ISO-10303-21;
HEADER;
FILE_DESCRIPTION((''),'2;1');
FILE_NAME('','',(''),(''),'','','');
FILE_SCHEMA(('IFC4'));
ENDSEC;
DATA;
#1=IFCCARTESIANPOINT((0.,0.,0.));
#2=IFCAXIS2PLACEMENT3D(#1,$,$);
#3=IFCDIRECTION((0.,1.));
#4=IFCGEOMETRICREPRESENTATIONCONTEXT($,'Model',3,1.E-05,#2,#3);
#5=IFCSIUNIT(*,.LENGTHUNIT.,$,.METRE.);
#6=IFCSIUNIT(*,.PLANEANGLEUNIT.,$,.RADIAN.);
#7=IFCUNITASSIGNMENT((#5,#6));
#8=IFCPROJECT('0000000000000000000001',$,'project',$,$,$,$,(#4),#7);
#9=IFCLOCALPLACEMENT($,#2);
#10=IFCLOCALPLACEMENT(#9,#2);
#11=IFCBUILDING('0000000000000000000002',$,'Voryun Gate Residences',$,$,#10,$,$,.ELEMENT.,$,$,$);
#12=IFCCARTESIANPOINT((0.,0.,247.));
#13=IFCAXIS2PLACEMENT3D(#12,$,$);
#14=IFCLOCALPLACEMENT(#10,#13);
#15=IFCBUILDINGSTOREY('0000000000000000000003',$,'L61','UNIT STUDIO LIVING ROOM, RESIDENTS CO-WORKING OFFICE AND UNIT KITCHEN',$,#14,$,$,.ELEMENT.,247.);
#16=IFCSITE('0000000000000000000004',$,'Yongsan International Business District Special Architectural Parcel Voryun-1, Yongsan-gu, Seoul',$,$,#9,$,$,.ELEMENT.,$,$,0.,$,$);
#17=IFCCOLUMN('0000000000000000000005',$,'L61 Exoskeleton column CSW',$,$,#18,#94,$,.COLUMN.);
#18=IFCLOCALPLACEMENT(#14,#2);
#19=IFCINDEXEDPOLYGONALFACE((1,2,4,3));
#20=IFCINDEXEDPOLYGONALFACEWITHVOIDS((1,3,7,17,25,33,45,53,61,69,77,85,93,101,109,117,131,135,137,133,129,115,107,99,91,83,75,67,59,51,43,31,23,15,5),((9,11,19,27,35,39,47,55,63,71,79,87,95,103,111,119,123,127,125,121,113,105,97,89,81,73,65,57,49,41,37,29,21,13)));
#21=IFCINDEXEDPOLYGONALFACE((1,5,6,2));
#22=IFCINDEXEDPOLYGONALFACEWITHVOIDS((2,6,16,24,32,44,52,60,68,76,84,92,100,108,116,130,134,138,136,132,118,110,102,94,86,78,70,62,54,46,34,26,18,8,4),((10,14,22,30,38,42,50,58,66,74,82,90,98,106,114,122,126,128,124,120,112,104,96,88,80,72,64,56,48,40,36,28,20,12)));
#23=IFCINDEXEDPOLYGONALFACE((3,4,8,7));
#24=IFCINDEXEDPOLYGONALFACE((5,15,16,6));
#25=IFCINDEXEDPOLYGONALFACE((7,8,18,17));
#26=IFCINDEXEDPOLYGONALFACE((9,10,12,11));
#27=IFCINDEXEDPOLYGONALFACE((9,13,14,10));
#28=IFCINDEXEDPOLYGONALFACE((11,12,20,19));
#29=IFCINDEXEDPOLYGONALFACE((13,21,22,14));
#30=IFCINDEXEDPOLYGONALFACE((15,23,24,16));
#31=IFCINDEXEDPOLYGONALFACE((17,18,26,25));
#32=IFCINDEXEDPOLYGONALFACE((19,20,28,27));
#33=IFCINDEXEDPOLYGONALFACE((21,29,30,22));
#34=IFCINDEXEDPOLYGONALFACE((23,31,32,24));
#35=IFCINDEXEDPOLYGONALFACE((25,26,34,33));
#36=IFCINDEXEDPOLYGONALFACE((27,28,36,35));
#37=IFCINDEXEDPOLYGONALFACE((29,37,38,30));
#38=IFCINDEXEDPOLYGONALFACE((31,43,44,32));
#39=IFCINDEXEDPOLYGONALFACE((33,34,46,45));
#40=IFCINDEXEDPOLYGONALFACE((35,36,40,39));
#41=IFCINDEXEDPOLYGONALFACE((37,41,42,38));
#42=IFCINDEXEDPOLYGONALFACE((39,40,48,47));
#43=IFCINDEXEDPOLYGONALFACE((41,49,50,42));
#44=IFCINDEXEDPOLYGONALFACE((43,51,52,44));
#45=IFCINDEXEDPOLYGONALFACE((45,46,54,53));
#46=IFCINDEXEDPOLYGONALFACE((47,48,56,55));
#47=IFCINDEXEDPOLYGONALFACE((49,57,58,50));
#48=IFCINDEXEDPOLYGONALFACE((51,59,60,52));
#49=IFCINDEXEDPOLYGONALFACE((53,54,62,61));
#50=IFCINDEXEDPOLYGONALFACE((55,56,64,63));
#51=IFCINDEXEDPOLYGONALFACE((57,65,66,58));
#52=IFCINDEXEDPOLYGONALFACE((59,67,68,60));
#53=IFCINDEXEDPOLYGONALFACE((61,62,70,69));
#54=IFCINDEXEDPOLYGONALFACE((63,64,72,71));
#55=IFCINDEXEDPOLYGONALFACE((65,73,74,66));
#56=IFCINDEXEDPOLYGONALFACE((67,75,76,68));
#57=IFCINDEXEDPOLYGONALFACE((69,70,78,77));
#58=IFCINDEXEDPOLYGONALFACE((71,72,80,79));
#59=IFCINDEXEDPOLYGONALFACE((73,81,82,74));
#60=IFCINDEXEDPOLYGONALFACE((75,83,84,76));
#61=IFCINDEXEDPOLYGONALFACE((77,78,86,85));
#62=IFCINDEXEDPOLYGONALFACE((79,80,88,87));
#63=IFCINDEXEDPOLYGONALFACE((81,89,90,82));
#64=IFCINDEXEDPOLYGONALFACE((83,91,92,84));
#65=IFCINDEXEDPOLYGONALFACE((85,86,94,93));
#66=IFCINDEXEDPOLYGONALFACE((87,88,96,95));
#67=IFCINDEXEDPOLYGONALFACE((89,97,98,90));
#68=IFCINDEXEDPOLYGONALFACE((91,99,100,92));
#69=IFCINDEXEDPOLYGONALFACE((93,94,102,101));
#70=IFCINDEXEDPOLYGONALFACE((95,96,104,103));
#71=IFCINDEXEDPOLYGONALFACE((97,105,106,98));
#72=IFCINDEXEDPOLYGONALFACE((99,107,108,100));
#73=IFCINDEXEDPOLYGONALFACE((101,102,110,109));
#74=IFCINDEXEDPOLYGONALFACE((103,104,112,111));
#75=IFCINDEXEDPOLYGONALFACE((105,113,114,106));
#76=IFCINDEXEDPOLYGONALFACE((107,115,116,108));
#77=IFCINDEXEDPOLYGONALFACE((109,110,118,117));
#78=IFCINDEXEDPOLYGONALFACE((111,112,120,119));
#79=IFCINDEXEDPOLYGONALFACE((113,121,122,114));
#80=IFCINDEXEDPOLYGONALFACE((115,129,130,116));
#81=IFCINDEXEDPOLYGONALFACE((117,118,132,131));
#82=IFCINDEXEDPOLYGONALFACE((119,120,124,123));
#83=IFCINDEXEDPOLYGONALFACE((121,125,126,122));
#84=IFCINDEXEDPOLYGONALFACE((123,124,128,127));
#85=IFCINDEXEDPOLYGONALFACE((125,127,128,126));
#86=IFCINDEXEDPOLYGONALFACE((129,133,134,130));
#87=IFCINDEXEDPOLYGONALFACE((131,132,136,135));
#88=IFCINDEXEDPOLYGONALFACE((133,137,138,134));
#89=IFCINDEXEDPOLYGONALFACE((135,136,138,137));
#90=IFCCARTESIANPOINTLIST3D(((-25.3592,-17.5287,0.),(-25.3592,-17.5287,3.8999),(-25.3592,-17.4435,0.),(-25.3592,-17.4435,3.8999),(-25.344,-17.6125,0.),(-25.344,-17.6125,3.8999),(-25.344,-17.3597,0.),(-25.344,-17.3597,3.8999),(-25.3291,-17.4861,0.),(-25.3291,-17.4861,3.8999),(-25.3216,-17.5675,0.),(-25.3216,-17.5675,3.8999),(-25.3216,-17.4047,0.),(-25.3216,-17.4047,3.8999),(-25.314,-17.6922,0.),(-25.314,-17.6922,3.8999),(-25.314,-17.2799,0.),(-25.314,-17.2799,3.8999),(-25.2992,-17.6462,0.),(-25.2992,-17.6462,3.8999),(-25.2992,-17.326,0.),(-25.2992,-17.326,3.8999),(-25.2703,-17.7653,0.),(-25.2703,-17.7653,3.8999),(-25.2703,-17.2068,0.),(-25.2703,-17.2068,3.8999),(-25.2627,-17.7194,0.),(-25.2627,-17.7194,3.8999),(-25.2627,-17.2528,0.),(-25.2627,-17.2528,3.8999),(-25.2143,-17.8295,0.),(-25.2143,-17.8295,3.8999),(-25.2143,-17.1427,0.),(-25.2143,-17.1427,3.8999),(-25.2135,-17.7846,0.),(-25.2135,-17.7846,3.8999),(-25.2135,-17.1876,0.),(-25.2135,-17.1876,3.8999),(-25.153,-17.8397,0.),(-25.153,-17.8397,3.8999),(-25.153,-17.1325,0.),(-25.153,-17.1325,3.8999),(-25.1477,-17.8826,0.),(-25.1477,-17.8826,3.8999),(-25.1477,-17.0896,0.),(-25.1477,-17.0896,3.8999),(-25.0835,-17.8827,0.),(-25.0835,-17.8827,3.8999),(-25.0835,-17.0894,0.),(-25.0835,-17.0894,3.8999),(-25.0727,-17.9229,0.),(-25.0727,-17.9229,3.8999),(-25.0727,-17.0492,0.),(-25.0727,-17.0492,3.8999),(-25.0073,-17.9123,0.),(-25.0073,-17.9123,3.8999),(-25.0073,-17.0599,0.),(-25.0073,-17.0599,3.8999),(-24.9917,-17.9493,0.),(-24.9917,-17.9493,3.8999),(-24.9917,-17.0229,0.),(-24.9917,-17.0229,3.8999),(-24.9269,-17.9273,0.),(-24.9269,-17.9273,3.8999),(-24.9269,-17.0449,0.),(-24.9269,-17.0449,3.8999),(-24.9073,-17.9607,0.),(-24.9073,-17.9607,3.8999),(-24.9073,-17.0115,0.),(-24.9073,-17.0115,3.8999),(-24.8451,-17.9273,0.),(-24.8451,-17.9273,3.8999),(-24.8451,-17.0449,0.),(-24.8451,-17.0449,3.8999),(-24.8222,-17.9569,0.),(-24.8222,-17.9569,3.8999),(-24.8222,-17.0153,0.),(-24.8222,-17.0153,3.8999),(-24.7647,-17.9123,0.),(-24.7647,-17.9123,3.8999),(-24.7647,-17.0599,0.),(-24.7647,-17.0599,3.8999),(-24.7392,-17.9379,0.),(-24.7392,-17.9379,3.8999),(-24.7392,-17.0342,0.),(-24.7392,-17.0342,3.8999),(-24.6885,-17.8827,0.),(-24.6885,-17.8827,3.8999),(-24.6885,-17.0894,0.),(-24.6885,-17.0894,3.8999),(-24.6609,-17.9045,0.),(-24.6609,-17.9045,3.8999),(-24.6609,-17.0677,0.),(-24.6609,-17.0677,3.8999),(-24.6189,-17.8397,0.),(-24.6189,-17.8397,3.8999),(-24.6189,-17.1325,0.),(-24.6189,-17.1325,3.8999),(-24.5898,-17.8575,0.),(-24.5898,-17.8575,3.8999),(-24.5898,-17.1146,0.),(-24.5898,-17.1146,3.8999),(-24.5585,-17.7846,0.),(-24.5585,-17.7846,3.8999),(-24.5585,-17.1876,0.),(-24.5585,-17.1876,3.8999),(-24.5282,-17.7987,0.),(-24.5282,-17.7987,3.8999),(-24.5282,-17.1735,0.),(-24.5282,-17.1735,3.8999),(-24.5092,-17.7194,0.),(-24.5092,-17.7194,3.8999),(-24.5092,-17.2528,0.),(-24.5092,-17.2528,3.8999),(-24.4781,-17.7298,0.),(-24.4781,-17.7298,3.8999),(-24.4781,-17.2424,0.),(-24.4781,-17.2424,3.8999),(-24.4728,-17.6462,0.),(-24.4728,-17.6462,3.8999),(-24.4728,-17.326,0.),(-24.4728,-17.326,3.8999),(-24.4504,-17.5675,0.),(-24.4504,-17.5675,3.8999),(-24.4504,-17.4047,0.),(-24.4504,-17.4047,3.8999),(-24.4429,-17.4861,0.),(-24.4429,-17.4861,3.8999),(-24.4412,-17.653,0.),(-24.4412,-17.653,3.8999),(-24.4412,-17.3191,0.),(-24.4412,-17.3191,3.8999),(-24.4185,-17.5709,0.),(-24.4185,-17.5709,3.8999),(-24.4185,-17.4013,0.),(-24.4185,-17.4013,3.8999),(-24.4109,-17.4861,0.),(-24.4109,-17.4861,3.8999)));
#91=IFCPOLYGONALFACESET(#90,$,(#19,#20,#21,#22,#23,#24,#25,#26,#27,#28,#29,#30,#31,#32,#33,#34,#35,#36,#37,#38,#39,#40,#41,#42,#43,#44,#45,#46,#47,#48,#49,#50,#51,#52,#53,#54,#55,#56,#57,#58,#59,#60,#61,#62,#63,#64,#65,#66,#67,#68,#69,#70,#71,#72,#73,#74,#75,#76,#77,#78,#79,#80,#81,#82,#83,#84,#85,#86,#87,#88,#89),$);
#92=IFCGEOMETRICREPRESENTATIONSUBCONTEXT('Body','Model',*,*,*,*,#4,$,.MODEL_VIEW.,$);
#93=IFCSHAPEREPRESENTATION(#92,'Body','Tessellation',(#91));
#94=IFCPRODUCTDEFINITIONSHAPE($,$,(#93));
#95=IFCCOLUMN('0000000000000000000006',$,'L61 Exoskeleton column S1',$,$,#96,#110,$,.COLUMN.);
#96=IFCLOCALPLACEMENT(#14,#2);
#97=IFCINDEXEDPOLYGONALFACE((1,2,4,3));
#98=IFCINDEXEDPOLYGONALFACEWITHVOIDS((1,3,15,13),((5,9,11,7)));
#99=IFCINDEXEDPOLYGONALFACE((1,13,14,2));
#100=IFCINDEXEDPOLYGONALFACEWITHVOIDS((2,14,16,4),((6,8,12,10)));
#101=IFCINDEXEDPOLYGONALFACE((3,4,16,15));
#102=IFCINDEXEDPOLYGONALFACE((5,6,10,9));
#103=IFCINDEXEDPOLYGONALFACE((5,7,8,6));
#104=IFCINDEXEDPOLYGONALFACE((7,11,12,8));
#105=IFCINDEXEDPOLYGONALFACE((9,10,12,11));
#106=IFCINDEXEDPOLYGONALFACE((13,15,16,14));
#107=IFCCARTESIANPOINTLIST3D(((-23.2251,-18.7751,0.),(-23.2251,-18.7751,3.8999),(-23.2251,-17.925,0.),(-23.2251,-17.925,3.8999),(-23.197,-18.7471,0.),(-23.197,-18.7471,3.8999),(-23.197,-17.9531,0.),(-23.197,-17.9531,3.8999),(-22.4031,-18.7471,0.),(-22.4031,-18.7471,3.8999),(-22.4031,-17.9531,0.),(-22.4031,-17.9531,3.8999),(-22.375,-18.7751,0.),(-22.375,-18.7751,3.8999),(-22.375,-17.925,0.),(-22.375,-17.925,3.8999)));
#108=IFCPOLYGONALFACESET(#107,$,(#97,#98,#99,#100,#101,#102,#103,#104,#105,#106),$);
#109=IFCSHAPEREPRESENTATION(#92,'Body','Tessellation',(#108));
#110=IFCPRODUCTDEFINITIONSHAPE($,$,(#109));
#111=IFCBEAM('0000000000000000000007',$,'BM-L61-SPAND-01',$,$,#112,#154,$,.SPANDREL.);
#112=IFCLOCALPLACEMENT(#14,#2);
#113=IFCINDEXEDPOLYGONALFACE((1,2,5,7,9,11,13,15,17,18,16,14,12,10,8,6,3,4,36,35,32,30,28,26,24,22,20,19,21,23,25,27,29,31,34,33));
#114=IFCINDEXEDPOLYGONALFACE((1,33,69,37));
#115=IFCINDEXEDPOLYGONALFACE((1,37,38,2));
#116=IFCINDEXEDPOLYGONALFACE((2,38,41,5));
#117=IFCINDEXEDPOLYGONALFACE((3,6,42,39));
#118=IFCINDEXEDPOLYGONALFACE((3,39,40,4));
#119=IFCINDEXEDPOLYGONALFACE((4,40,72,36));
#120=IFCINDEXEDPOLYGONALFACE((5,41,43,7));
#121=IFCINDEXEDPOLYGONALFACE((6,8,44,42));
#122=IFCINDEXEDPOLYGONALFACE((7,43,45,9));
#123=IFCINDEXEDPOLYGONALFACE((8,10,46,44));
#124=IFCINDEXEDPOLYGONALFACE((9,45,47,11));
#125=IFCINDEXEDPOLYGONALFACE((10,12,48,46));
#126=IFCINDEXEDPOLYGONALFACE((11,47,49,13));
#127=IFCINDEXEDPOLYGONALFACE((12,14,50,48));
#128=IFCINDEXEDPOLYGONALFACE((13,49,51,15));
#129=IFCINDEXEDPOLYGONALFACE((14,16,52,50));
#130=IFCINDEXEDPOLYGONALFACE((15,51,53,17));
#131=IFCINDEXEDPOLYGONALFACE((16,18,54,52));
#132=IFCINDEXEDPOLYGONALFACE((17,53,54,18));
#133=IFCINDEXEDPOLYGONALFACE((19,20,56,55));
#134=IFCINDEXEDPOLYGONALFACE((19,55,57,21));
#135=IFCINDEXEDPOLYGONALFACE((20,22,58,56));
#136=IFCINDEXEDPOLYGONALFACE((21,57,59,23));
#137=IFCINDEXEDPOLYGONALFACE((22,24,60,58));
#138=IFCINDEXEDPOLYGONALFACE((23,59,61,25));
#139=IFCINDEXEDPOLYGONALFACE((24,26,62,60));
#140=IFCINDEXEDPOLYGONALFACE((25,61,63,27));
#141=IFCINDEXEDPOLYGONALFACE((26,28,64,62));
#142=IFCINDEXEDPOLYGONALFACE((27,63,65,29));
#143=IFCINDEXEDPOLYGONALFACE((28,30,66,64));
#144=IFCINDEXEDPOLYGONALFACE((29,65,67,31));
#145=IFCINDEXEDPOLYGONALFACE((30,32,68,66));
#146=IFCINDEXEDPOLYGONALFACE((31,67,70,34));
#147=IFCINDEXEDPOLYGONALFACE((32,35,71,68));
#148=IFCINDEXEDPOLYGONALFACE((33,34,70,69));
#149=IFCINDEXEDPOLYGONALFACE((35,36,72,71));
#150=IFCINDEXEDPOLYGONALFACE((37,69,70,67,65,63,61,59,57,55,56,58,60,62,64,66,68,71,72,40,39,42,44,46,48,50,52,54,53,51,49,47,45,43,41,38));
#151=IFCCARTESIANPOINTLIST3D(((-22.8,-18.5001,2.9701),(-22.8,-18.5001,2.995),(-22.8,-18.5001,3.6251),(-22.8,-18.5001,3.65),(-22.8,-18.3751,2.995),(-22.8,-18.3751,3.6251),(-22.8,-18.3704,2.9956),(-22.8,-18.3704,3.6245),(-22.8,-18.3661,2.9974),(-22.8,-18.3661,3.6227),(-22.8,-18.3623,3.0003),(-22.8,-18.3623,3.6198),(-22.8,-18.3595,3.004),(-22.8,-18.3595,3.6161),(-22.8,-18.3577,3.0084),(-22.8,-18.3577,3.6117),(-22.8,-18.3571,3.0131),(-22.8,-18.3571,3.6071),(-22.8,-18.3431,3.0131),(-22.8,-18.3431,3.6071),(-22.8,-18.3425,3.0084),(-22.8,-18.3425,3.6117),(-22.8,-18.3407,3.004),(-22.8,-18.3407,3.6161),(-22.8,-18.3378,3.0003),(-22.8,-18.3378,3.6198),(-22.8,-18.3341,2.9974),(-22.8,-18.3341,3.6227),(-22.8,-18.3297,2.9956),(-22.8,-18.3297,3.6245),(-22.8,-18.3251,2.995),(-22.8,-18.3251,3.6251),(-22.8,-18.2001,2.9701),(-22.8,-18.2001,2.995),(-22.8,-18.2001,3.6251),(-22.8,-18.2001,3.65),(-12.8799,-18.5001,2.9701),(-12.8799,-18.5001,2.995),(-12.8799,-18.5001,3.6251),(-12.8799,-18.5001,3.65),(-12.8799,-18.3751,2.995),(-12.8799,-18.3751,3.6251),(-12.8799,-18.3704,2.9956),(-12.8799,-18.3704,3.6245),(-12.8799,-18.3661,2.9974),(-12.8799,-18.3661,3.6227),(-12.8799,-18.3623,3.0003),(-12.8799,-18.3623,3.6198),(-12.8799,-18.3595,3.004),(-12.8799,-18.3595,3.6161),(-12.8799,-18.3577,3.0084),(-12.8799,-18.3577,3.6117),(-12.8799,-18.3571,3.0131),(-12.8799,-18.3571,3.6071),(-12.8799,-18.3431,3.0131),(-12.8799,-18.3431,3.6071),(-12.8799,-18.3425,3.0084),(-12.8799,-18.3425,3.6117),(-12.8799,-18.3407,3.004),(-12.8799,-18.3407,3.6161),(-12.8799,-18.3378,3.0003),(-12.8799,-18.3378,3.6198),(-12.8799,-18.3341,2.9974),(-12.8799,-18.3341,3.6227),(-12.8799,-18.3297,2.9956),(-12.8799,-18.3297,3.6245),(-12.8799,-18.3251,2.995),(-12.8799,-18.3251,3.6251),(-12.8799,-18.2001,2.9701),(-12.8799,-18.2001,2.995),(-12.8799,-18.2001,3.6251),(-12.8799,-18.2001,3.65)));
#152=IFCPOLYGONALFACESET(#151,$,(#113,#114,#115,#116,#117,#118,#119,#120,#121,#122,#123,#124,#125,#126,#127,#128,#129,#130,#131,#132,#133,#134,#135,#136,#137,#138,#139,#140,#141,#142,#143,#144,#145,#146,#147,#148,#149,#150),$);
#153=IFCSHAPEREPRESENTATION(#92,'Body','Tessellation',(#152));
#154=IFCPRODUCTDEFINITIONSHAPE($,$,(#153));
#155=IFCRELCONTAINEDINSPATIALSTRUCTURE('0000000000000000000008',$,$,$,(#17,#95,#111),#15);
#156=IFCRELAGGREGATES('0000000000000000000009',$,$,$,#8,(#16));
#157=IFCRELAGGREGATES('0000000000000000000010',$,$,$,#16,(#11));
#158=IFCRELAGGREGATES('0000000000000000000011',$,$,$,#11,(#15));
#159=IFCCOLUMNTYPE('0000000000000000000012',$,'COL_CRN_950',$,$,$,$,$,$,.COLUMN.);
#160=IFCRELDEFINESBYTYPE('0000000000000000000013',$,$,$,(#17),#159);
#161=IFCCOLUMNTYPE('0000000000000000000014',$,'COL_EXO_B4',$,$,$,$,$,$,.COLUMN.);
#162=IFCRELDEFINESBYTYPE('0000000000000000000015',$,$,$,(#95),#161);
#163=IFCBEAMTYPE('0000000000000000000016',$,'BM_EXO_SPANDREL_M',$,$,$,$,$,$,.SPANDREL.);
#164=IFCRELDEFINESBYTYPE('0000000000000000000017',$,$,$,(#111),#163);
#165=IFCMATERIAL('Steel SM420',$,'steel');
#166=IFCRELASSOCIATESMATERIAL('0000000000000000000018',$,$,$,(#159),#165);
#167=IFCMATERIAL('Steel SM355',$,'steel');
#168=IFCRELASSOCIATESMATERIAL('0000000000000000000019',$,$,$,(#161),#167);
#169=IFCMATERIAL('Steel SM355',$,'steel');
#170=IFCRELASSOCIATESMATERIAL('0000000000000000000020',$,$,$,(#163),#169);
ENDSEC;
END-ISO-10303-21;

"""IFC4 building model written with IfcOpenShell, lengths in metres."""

from ifc_helpers import new_model, si_unit, direction, frame, origin, origin_2d, place, context, subcontext, project, spatial, hollow_rectangle, hollow_circle, i_section, extrude, material, material_profile, profile_set, type_object, element, save


model = new_model("IFC4")

# Units and contexts
model_context = context("Model", 3, precision=1e-05, world=origin(), true_north=direction((0.0, 1.0)))
body_context = subcontext(model_context, "Body", "Model", "MODEL_VIEW")
ifc_project = project(units=[si_unit("LENGTHUNIT", "METRE"), si_unit("PLANEANGLEUNIT", "RADIAN")], contexts=[model_context])

# Site, building, storey
site_placement = place(None, origin())
site = spatial("IfcSite", under=ifc_project, at=site_placement, Name="Yongsan International Business District Special Architectural Parcel Voryun-1, Yongsan-gu, Seoul", CompositionType="ELEMENT", RefElevation=0.0)
building_placement = place(site_placement, origin())
building = spatial("IfcBuilding", under=site, at=building_placement, Name="Voryun Gate Residences", CompositionType="ELEMENT")
storey_placement = place(building_placement, frame((0.0, 0.0, 247.0)))
storey = spatial("IfcBuildingStorey", under=building, at=storey_placement, Name="L61", Description="UNIT STUDIO LIVING ROOM, RESIDENTS CO-WORKING OFFICE AND UNIT KITCHEN", CompositionType="ELEMENT", Elevation=247.0)

# Columns
ifc_material_1 = material(Name="Steel SM420", Category="steel")
ifc_material_profile_1 = material_profile(ifc_material_1, hollow_circle(Radius=0.4751, WallThickness=0.032, at=origin_2d()), Name="CHS-950x32")
ifc_profile_set_1 = profile_set([ifc_material_profile_1], Name="Steel SM420")
column_type_1 = type_object("IfcColumnType", Name="COL_CRN_950", PredefinedType="COLUMN", material=ifc_profile_set_1)
column_1_placement = place(storey_placement, frame((-24.886, -17.4861, 0.0), z_axis=(0.0, 0.0, 1.0), x_axis=(1.0, 0.0, 0.0)))
element("IfcColumn", 1, at=column_1_placement, inside=storey, type_object=column_type_1, Name="L61 Exoskeleton column CSW", PredefinedType="COLUMN", context=body_context, shape_type="SweptSolid", body=[
    extrude(hollow_circle(Radius=0.4751, WallThickness=0.032, at=origin_2d()), origin(), (0.0, 0.0, 1.0), 3.8999),
])
ifc_material_2 = material(Name="Steel SM355", Category="steel")
ifc_material_profile_2 = material_profile(ifc_material_2, hollow_rectangle(XDim=0.8501, YDim=0.8501, WallThickness=0.0281, at=origin_2d()), Name="BOX-850x850x28")
ifc_profile_set_2 = profile_set([ifc_material_profile_2], Name="Steel SM355")
column_type_2 = type_object("IfcColumnType", Name="COL_EXO_B4", PredefinedType="COLUMN", material=ifc_profile_set_2)
column_2_placement = place(storey_placement, frame((-22.8, -18.3501, 0.0), z_axis=(0.0, 0.0, 1.0), x_axis=(1.0, 0.0, 0.0)))
element("IfcColumn", 2, at=column_2_placement, inside=storey, type_object=column_type_2, Name="L61 Exoskeleton column S1", PredefinedType="COLUMN", context=body_context, shape_type="SweptSolid", body=[
    extrude(hollow_rectangle(XDim=0.8501, YDim=0.8501, WallThickness=0.0281, at=origin_2d()), origin(), (0.0, 0.0, 1.0), 3.8999),
])

# Beam
ifc_material_3 = material(Name="Steel SM355", Category="steel")
ifc_material_profile_3 = material_profile(ifc_material_3, i_section(OverallWidth=0.3, OverallDepth=0.6799, WebThickness=0.0139, FlangeThickness=0.0249, FilletRadius=0.0181, at=origin_2d()), Name="H-680x300x14x25")
ifc_profile_set_3 = profile_set([ifc_material_profile_3], Name="Steel SM355")
beam_type = type_object("IfcBeamType", Name="BM_EXO_SPANDREL_M", PredefinedType="SPANDREL", material=ifc_profile_set_3)
beam_1_placement = place(storey_placement, frame((-22.8, -18.3501, 3.3101), z_axis=(1.0, 0.0, 0.0), x_axis=(0.0, 1.0, 0.0)))
element("IfcBeam", 3, at=beam_1_placement, inside=storey, type_object=beam_type, Name="BM-L61-SPAND-01", PredefinedType="SPANDREL", context=body_context, shape_type="SweptSolid", body=[
    extrude(i_section(OverallWidth=0.3, OverallDepth=0.6799, WebThickness=0.0139, FlangeThickness=0.0249, FilletRadius=0.0181, at=origin_2d()), origin(), (0.0, 0.0, 1.0), 9.9202),
])

save(model, "model.ifc")
